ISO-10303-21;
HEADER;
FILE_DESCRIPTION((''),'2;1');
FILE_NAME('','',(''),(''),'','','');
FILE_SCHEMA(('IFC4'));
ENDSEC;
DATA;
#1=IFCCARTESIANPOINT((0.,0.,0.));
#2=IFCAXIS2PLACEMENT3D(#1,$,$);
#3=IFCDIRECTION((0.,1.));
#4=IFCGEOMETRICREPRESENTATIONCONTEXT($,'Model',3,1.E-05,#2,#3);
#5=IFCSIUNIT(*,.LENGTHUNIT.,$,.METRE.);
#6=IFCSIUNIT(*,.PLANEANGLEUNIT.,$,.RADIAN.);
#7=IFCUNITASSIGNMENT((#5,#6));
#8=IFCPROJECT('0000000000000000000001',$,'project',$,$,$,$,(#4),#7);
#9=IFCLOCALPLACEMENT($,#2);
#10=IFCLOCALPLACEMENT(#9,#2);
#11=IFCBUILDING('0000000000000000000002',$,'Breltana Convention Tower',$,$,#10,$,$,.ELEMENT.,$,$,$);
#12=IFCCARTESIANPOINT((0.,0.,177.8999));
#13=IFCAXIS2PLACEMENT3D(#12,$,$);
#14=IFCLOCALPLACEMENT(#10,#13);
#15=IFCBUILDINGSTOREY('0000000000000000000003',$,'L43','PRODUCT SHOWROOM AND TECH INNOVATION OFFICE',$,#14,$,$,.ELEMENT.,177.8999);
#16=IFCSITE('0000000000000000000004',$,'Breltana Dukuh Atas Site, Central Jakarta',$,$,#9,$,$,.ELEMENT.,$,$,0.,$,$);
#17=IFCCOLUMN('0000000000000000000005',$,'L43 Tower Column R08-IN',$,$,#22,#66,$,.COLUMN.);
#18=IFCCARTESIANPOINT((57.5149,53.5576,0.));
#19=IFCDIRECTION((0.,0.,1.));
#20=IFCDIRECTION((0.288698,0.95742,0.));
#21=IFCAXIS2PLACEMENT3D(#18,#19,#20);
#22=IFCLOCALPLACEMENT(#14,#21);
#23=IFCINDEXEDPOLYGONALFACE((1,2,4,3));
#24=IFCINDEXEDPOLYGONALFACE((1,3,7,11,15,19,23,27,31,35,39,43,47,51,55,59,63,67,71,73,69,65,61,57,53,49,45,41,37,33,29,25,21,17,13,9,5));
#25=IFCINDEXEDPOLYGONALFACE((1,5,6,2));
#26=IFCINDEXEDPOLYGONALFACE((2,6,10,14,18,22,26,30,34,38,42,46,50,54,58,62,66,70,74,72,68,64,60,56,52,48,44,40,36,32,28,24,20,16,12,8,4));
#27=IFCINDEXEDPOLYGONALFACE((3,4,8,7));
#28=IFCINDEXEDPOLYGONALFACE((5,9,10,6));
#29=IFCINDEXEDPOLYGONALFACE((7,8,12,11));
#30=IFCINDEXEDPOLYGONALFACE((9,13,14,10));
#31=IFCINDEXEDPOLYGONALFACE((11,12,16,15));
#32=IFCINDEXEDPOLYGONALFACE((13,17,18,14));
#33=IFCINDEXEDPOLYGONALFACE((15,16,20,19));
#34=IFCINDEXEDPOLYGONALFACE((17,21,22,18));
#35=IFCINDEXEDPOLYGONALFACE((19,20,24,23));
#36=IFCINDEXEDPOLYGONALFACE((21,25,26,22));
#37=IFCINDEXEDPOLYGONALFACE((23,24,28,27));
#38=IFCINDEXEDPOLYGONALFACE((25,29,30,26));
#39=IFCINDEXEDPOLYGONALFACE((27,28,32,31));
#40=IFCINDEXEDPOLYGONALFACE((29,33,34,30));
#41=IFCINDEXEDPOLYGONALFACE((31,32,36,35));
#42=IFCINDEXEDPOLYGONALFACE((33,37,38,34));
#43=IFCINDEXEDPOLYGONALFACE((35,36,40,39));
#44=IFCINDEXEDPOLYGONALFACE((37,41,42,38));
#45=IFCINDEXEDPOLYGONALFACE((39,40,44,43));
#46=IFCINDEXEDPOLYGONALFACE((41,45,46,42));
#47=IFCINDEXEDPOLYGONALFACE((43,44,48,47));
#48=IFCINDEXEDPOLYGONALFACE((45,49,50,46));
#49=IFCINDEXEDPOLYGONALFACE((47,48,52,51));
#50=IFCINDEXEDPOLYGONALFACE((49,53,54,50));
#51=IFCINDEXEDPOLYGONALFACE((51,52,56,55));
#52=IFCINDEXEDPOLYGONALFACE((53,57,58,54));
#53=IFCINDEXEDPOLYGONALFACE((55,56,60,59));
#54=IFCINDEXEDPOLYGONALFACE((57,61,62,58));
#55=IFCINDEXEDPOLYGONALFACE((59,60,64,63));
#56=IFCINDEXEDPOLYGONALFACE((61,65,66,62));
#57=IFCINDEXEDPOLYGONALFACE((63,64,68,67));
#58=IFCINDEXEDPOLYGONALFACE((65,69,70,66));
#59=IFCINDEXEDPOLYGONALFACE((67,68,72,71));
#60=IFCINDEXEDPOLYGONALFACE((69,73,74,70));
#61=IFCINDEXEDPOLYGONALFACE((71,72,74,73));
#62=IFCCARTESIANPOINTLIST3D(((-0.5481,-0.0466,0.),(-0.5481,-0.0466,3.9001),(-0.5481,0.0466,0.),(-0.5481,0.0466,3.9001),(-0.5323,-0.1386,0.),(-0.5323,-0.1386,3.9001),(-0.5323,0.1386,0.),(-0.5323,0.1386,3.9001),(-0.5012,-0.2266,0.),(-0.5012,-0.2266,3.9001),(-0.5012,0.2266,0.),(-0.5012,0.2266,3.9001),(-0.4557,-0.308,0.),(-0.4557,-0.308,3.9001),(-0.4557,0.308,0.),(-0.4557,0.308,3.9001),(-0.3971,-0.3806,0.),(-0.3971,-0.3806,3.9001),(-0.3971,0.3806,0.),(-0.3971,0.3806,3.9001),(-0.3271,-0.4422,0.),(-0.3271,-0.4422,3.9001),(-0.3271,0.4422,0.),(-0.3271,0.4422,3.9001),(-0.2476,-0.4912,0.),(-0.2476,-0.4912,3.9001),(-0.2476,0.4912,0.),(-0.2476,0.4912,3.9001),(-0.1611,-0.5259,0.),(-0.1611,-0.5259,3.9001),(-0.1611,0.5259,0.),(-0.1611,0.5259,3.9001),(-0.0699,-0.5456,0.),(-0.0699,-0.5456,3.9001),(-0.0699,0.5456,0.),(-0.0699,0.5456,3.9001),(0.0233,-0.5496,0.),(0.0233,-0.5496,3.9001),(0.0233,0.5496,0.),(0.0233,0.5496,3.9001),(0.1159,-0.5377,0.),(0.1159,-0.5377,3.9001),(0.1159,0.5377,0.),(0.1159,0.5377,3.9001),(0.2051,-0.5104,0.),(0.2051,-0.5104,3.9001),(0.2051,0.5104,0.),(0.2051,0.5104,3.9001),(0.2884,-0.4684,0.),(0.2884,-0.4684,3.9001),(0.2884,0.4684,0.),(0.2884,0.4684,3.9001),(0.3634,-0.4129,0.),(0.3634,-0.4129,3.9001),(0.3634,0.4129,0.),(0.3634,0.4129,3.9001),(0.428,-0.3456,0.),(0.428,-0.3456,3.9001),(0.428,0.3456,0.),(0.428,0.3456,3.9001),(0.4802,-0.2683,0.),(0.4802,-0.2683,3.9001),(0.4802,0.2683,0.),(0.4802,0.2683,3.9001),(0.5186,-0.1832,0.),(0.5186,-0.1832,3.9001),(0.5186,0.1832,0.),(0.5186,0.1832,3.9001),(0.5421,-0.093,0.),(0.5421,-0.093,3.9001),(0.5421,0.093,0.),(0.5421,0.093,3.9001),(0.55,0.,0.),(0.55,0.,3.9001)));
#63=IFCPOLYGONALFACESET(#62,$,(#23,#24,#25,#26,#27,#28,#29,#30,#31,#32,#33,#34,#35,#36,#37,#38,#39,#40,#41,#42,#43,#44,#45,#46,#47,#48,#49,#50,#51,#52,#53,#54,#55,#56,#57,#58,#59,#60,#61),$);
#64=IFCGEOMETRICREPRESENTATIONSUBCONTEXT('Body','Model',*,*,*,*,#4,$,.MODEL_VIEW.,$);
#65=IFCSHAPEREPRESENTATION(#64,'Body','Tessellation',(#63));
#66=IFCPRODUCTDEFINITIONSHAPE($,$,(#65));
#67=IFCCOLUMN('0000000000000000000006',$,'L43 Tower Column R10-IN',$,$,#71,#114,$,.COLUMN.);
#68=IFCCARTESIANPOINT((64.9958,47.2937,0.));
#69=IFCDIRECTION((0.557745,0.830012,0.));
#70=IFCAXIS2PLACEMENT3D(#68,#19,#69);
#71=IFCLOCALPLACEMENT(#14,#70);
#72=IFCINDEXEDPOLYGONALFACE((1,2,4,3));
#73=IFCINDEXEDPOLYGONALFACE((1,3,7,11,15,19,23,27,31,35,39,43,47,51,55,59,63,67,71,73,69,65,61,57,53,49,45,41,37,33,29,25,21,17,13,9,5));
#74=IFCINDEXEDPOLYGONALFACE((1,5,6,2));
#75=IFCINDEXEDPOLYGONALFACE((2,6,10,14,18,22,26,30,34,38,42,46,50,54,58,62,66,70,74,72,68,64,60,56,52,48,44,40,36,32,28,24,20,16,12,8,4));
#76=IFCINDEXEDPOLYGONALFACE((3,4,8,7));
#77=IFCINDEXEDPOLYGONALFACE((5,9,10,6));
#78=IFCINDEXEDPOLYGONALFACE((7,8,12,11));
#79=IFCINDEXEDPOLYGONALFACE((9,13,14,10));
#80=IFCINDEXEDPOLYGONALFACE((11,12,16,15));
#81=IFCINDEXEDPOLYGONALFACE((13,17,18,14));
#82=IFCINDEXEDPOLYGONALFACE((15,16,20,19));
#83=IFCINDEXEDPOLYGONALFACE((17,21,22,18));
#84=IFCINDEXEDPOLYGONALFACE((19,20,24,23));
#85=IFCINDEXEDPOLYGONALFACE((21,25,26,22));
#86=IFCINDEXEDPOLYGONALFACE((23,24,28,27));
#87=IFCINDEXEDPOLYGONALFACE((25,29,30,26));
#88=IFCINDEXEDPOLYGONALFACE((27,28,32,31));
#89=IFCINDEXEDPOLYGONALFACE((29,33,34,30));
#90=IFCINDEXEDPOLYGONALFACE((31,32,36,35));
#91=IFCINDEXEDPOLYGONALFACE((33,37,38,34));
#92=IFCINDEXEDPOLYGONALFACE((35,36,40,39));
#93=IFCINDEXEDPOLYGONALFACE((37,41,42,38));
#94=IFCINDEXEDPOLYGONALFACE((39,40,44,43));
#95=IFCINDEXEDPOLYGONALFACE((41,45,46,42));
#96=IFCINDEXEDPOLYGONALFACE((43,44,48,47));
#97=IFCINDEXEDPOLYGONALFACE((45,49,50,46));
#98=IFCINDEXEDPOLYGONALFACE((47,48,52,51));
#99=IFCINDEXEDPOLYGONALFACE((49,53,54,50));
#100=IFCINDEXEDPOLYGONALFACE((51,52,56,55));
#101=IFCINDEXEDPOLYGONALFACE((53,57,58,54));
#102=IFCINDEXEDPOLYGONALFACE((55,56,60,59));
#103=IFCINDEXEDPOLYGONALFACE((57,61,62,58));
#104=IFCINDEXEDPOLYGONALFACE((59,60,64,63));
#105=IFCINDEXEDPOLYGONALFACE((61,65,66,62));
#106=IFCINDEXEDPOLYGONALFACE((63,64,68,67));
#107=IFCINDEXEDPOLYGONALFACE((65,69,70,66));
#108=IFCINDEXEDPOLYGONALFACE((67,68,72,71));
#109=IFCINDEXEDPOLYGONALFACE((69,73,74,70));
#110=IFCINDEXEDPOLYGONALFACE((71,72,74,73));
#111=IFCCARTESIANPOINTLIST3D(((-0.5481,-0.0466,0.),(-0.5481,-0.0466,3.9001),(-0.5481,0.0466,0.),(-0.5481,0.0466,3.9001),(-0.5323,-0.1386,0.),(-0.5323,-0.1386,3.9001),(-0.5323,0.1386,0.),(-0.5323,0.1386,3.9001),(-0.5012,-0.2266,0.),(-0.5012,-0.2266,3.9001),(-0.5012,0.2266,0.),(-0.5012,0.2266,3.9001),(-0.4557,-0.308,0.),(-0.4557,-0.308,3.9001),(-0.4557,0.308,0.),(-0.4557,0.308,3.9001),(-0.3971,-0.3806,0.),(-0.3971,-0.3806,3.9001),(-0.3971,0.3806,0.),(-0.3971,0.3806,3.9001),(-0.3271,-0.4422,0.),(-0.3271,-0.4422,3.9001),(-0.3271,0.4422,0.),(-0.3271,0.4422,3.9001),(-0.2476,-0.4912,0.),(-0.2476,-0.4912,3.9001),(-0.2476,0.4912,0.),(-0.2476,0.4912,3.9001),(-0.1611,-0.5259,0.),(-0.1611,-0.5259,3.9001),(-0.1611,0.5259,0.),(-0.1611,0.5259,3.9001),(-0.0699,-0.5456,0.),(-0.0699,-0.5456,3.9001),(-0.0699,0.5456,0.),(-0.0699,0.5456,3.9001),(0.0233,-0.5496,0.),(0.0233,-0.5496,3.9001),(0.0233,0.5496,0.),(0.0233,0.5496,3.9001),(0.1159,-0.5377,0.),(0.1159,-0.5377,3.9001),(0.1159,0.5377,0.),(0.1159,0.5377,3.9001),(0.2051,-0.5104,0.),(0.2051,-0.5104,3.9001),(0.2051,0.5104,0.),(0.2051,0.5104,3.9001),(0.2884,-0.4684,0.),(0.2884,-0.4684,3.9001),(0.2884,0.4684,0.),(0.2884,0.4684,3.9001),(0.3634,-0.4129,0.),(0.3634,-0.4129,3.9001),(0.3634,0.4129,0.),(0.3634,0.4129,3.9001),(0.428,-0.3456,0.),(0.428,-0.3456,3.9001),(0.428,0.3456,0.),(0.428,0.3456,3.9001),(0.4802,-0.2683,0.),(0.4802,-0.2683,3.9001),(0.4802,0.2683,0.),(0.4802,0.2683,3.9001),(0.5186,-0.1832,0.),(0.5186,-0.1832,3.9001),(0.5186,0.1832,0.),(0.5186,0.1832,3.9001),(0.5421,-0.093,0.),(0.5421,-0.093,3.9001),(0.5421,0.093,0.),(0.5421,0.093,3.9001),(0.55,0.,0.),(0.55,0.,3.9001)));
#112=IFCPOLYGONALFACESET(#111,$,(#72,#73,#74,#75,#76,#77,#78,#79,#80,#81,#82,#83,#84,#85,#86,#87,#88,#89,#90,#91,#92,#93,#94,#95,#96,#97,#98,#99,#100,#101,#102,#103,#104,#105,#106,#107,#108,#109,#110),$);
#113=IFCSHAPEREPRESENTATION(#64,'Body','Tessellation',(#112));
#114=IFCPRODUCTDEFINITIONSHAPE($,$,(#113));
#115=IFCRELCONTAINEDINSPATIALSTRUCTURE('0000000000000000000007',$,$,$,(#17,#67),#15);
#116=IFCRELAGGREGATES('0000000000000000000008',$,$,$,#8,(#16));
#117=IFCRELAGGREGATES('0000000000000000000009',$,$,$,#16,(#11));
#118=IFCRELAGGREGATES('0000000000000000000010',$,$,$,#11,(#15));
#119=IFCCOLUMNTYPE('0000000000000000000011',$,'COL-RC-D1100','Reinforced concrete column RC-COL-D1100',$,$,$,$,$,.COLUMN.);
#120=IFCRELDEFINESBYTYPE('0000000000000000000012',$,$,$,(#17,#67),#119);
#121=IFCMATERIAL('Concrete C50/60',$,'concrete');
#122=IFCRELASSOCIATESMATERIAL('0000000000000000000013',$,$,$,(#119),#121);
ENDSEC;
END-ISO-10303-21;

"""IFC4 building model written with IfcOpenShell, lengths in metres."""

from ifc_helpers import new_model, si_unit, direction, frame, origin, origin_2d, place, context, subcontext, project, spatial, circle, extrude, source, transform, mapped, material, material_profile, profile_set, type_object, element, save


model = new_model("IFC4")

# Units and contexts
model_context = context("Model", 3, precision=1e-05, world=origin(), true_north=direction((0.0, 1.0)))
body_context = subcontext(model_context, "Body", "Model", "MODEL_VIEW")
ifc_project = project(units=[si_unit("LENGTHUNIT", "METRE"), si_unit("PLANEANGLEUNIT", "RADIAN")], contexts=[model_context])

# Site, building, storey
site_placement = place(None, origin())
site = spatial("IfcSite", under=ifc_project, at=site_placement, Name="Breltana Dukuh Atas Site, Central Jakarta", CompositionType="ELEMENT", RefElevation=0.0)
building_placement = place(site_placement, origin())
building = spatial("IfcBuilding", under=site, at=building_placement, Name="Breltana Convention Tower", CompositionType="ELEMENT")
storey_placement = place(building_placement, frame((0.0, 0.0, 177.8999)))
storey = spatial("IfcBuildingStorey", under=building, at=storey_placement, Name="L43", Description="PRODUCT SHOWROOM AND TECH INNOVATION OFFICE", CompositionType="ELEMENT", Elevation=177.8999)

# Columns
ifc_material_1 = material(Name="Concrete C50/60", Category="concrete")
ifc_material_profile_1 = material_profile(ifc_material_1, circle(Radius=0.55, at=origin_2d()), Name="RC-COL-D1100")
ifc_profile_set_1 = profile_set([ifc_material_profile_1], Name="Concrete C50/60")
column_type = type_object("IfcColumnType", Name="COL-RC-D1100", Description="Reinforced concrete column RC-COL-D1100", PredefinedType="COLUMN", material=ifc_profile_set_1)
shared_shape_1 = source(origin(), body_context, "Body", "SweptSolid", [
    extrude(circle(Radius=0.55, at=origin_2d()), origin(), (0.0, 0.0, 1.0), 3.9001),
])
for number, where, z_axis, x_axis, name in (
    (1, (57.5149, 53.5576, 0.0), (0.0, 0.0, 1.0), (0.288698, 0.95742, 0.0), "L43 Tower Column R08-IN"),
    (2, (64.9958, 47.2937, 0.0), (0.0, 0.0, 1.0), (0.557745, 0.830012, 0.0), "L43 Tower Column R10-IN"),
):
    element("IfcColumn", number, at=place(storey_placement, frame(where, z_axis=z_axis, x_axis=x_axis)), inside=storey, type_object=column_type, Name=name, PredefinedType="COLUMN", context=body_context, shape_type="MappedRepresentation", body=[
        mapped(shared_shape_1, transform((0.0, 0.0, 0.0), scale=1.0)),
    ])

save(model, "model.ifc")
